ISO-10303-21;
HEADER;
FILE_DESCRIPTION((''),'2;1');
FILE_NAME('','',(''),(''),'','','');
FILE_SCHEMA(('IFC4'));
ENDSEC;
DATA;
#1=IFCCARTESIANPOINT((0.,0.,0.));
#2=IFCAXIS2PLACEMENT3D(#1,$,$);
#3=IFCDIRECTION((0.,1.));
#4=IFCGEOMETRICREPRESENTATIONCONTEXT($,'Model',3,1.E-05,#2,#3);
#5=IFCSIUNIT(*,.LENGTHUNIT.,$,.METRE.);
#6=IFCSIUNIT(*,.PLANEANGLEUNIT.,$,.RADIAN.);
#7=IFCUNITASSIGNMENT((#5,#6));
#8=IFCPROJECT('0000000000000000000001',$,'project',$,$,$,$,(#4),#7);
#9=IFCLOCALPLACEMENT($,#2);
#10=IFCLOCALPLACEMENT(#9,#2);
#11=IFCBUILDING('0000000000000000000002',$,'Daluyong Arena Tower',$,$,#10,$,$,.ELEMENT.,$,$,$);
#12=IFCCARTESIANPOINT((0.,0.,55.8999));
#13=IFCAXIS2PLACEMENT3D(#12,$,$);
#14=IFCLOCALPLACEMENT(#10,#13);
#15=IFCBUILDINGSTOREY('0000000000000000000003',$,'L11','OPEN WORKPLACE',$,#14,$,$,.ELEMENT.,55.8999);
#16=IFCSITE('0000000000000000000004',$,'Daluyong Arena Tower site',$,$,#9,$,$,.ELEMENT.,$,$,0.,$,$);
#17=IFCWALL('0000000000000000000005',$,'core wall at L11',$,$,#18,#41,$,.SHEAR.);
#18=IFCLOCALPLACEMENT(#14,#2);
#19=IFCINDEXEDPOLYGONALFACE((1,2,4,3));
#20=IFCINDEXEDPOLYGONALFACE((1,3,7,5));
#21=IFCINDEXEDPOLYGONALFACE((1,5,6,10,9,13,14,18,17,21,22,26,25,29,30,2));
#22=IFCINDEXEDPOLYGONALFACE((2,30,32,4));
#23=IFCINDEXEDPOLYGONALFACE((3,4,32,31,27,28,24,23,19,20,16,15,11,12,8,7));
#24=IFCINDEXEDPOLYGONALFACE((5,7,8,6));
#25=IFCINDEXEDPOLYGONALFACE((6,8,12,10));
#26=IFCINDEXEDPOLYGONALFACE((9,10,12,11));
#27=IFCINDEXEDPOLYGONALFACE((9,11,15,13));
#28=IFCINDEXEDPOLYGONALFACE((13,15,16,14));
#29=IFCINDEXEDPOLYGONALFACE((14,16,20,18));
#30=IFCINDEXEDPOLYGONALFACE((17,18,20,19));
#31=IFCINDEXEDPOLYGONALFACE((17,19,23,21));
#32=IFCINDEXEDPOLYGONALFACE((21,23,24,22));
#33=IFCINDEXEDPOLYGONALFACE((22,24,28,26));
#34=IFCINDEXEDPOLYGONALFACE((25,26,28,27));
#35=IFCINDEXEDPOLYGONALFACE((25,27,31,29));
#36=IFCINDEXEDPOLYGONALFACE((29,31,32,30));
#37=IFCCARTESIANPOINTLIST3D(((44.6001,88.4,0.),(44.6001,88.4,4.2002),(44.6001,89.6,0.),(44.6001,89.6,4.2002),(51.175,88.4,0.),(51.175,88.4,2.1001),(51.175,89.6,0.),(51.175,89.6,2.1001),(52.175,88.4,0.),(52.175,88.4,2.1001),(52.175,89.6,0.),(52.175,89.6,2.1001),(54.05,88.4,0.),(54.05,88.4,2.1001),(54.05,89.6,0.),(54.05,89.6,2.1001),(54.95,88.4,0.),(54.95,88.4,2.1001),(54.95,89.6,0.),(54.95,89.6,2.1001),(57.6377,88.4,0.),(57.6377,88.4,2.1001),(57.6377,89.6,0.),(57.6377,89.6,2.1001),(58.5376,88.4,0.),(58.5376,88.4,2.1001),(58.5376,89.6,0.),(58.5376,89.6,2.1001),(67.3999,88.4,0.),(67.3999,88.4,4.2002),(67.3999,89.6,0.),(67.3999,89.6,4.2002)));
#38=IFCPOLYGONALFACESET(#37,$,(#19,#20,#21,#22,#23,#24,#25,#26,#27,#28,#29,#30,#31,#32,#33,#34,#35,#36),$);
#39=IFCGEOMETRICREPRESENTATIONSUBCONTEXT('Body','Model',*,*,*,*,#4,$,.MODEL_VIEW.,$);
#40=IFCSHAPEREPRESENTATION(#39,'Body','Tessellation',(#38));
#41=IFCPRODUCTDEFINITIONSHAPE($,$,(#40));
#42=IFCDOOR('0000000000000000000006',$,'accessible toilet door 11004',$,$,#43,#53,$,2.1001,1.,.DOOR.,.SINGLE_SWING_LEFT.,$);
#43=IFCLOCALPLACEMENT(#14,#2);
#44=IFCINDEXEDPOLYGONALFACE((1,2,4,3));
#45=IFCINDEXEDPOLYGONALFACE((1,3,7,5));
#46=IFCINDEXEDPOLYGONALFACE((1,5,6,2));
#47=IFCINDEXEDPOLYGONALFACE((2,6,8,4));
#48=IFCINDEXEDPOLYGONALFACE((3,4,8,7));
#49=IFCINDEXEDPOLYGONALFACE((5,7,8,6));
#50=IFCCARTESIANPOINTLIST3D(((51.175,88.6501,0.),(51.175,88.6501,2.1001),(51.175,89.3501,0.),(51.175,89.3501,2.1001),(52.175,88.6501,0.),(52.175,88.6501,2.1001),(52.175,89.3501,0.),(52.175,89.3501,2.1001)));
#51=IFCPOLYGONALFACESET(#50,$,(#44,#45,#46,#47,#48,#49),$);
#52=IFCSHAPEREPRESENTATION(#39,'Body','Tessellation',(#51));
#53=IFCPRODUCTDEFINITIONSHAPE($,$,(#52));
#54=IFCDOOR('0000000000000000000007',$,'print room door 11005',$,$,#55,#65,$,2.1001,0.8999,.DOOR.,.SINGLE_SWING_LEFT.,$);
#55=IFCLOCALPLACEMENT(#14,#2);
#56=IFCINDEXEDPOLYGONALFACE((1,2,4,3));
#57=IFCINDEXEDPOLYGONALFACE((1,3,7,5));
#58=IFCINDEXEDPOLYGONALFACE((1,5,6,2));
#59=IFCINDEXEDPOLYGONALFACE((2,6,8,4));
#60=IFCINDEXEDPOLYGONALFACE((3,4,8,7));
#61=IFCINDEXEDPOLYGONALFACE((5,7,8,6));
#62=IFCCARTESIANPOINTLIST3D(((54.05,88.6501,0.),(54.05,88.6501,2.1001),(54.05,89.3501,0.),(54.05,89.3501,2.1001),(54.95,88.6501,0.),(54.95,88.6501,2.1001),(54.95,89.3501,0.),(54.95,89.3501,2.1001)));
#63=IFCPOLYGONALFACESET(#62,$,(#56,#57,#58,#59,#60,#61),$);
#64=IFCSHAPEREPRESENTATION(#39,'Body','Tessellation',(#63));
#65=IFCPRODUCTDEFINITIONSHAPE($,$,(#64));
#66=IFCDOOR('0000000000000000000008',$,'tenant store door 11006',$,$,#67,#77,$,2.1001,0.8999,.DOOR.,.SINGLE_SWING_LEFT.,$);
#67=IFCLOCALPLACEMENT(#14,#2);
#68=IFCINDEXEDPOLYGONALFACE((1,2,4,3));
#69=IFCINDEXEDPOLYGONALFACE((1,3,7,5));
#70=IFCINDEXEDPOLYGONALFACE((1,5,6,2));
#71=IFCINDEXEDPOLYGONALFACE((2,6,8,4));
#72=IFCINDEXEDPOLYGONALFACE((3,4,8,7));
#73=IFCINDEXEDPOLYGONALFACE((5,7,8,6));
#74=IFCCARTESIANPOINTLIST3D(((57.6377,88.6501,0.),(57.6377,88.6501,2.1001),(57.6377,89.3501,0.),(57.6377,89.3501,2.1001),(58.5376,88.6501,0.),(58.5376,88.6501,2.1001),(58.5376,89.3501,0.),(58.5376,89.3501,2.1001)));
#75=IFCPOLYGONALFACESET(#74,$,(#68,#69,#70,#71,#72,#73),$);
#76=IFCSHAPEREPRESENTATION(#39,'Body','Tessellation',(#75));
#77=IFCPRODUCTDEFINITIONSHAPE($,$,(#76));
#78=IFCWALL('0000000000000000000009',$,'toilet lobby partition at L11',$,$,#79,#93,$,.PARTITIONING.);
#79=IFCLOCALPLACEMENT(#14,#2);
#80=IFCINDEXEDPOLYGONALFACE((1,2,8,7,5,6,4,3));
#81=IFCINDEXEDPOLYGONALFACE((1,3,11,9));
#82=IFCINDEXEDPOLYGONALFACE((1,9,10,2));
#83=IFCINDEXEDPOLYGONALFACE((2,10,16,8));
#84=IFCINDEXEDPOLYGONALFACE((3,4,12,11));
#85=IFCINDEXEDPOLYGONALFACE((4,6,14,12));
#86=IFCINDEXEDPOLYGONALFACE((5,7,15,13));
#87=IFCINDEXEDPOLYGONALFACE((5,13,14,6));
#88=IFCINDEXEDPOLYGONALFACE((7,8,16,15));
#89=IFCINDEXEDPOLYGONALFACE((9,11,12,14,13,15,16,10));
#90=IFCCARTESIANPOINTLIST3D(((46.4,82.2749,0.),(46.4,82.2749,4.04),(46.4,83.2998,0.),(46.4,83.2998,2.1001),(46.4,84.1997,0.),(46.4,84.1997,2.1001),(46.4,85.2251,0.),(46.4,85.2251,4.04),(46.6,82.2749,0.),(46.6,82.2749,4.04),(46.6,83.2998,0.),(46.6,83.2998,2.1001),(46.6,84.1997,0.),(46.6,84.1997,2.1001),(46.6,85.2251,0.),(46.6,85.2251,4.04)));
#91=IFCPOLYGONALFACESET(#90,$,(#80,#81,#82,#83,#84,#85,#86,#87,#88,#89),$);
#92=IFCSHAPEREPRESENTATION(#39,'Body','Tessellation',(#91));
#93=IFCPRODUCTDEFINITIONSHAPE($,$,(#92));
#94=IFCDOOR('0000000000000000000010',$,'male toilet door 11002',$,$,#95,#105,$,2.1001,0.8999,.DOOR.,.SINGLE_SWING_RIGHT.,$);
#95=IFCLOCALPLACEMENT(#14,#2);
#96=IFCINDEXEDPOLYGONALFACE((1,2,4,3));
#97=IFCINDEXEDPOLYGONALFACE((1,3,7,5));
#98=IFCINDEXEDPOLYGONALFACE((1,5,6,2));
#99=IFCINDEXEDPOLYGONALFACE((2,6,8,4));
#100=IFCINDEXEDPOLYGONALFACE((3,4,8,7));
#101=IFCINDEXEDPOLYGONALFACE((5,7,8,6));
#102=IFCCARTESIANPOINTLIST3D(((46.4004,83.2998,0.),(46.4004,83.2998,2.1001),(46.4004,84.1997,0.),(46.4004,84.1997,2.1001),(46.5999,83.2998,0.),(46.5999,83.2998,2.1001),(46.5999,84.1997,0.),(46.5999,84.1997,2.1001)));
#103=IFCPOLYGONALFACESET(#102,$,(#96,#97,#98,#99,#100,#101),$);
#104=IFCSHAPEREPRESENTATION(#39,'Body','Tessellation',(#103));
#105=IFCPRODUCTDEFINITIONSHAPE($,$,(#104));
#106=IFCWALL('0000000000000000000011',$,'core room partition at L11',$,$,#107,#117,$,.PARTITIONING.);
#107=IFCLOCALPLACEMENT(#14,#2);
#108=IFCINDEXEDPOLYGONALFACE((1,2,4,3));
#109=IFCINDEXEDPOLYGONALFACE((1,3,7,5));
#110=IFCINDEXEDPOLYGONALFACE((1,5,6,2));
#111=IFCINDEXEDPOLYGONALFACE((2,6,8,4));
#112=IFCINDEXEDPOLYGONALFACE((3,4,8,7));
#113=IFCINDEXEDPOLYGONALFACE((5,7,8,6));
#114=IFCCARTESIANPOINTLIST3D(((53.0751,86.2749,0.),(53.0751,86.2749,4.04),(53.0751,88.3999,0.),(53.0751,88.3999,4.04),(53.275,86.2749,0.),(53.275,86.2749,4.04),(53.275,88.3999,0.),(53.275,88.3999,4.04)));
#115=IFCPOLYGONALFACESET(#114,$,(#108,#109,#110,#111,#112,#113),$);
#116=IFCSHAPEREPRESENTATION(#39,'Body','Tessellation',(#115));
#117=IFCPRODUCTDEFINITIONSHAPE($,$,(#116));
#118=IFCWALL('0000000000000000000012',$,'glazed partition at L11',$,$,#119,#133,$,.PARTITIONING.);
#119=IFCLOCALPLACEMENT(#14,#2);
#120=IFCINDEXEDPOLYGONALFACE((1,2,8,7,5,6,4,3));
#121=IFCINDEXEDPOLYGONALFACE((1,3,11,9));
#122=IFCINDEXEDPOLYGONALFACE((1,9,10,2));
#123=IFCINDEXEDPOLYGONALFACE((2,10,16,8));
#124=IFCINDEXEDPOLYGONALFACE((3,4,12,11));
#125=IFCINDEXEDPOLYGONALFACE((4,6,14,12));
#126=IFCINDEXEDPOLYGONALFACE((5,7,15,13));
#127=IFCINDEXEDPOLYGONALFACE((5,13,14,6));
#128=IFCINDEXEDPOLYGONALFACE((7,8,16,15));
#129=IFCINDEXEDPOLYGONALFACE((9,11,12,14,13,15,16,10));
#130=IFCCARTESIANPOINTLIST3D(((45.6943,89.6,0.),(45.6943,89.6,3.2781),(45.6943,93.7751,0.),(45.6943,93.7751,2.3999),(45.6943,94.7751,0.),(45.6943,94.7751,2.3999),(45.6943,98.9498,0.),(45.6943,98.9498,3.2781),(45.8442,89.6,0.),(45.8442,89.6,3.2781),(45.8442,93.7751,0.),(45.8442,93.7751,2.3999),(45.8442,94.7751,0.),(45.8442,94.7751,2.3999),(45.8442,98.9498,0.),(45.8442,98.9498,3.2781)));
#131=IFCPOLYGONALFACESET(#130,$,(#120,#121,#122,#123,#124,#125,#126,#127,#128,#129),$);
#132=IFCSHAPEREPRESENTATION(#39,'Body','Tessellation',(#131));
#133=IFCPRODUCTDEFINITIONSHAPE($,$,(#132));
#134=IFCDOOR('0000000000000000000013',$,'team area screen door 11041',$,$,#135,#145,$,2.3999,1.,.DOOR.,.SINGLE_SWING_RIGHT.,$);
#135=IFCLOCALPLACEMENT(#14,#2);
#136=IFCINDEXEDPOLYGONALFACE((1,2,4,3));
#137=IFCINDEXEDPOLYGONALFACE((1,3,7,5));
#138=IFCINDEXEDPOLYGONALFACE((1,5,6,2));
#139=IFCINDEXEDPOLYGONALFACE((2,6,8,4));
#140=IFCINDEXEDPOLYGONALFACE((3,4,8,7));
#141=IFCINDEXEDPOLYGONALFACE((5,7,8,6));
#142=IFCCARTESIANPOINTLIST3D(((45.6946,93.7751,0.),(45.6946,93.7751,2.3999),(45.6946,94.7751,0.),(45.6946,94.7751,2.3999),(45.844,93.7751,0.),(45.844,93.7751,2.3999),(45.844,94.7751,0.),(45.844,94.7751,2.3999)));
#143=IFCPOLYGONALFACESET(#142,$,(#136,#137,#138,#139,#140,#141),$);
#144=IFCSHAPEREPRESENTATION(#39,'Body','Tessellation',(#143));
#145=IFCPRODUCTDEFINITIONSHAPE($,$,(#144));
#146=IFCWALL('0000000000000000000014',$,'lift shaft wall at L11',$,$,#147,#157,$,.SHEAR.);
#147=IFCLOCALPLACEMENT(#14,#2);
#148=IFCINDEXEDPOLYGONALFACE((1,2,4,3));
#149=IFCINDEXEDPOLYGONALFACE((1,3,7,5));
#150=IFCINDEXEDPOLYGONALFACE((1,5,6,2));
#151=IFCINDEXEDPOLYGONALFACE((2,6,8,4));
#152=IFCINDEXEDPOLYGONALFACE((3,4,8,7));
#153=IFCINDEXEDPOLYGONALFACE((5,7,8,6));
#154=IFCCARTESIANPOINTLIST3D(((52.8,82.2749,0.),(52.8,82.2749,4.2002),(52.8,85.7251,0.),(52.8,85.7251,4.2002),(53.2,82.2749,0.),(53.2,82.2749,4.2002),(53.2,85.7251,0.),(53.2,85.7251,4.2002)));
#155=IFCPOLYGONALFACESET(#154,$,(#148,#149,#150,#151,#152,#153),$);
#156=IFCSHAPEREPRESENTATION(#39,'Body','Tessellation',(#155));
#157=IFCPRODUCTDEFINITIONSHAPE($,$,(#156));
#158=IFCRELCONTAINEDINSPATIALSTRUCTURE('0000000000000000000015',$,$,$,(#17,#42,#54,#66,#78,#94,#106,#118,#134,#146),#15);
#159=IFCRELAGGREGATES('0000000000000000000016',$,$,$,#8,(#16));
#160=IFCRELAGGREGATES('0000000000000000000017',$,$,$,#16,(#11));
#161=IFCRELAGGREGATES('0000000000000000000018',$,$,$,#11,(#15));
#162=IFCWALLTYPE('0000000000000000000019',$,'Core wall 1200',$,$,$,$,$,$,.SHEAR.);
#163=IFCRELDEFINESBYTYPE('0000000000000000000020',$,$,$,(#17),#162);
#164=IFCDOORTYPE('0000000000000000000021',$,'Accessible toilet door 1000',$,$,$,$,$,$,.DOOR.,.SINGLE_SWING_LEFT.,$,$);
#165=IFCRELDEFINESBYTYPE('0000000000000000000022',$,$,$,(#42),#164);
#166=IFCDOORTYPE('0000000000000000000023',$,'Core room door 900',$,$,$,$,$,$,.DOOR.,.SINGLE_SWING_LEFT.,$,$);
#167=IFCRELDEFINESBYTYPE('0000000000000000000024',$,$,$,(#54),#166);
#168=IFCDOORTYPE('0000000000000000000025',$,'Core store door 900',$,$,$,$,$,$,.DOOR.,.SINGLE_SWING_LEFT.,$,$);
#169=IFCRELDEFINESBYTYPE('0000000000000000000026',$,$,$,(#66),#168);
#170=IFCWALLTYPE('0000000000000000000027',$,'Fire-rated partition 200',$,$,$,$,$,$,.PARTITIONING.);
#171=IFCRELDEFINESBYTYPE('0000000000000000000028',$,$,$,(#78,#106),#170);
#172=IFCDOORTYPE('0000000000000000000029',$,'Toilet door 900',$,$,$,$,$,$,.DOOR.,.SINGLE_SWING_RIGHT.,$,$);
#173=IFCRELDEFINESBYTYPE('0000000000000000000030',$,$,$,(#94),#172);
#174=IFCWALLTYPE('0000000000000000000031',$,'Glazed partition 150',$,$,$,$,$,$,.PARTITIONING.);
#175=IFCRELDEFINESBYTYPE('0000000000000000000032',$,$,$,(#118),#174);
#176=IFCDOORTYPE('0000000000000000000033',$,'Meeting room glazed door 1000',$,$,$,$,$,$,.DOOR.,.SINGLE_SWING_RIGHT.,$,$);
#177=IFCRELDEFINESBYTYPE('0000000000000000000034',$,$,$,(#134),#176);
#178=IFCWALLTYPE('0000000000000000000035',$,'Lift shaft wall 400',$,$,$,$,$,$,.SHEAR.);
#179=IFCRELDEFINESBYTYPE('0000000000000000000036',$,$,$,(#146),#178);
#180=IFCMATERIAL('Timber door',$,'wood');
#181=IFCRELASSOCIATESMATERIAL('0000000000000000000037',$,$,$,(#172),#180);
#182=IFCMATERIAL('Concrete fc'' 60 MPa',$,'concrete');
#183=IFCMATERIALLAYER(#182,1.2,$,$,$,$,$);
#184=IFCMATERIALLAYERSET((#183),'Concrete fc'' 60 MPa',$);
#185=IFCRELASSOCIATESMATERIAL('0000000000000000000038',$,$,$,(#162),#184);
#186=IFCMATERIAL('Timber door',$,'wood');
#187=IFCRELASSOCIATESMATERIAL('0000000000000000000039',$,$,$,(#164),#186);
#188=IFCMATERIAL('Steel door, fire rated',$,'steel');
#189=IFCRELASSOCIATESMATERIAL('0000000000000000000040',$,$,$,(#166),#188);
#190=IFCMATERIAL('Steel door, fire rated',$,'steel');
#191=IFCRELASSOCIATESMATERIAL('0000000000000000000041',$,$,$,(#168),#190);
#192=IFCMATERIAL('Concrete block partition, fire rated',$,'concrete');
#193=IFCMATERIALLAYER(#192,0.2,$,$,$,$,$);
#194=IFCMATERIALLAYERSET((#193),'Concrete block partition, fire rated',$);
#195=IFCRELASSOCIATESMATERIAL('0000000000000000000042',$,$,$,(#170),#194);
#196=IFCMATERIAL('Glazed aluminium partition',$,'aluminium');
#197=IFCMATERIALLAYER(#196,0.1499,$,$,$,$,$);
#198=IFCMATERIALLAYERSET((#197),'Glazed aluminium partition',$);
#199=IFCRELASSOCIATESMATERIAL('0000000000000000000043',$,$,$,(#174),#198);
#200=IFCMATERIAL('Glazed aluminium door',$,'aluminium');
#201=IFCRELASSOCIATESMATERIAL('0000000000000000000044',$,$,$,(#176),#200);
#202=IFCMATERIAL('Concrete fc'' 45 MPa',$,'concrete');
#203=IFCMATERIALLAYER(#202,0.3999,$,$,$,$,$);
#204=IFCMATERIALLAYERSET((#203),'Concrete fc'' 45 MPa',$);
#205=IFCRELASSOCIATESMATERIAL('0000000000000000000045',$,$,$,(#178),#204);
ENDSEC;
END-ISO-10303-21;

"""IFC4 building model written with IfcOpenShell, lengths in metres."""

from ifc_helpers import new_model, si_unit, direction, frame, frame_2d, origin, place, context, subcontext, project, spatial, rectangle, extrude, material, layer, layer_set, type_object, element, fill, save


model = new_model("IFC4")

# Units and contexts
model_context = context("Model", 3, precision=1e-05, world=origin(), true_north=direction((0.0, 1.0)))
body_context = subcontext(model_context, "Body", "Model", "MODEL_VIEW")
ifc_project = project(units=[si_unit("LENGTHUNIT", "METRE"), si_unit("PLANEANGLEUNIT", "RADIAN")], contexts=[model_context])

# Site, building, storey
site_placement = place(None, origin())
site = spatial("IfcSite", under=ifc_project, at=site_placement, Name="Daluyong Arena Tower site", CompositionType="ELEMENT", RefElevation=0.0)
building_placement = place(site_placement, origin())
building = spatial("IfcBuilding", under=site, at=building_placement, Name="Daluyong Arena Tower", CompositionType="ELEMENT")
storey_placement = place(building_placement, frame((0.0, 0.0, 55.8999)))
storey = spatial("IfcBuildingStorey", under=building, at=storey_placement, Name="L11", Description="OPEN WORKPLACE", CompositionType="ELEMENT", Elevation=55.8999)

# Shared definitions
ifc_material_1 = material(Name="Timber door", Category="wood")
door_type_1 = type_object("IfcDoorType", Name="Toilet door 900", OperationType="SINGLE_SWING_RIGHT", PredefinedType="DOOR", material=ifc_material_1)

# Wall, openings, doors
ifc_material_2 = material(Name="Concrete fc' 60 MPa", Category="concrete")
ifc_layer_1 = layer(ifc_material_2, 1.2)
ifc_layer_set_1 = layer_set([ifc_layer_1], Name="Concrete fc' 60 MPa")
wall_type_1 = type_object("IfcWallType", Name="Core wall 1200", PredefinedType="SHEAR", material=ifc_layer_set_1)
wall_1_placement = place(storey_placement, frame((44.6001, 89.0, 0.0), z_axis=(0.0, 0.0, 1.0), x_axis=(1.0, 0.0, 0.0)))
wall_1 = element("IfcWall", 1, at=wall_1_placement, inside=storey, type_object=wall_type_1, Name="core wall at L11", PredefinedType="SHEAR", context=body_context, shape_type="SweptSolid", body=[
    extrude(rectangle(XDim=22.7998, YDim=1.2, at=frame_2d((11.3999, 0.0))), origin(), (0.0, 0.0, 1.0), 4.2002),
])
opening_1_placement = place(wall_1_placement, frame((6.575, 0.0, 0.0)))
opening_1 = element("IfcOpeningElement", 2, at=opening_1_placement, cuts=wall_1, PredefinedType="OPENING", context=body_context, shape_type="SweptSolid", body=[
    extrude(rectangle(XDim=1.0, YDim=2.1001, at=frame_2d((0.5, 1.05))), frame((0.0, 0.6099, 0.0), z_axis=(0.0, -1.0, 0.0), x_axis=(1.0, 0.0, 0.0)), (0.0, 0.0, 1.0), 1.22),
])
opening_2_placement = place(wall_1_placement, frame((9.45, 0.0, 0.0)))
opening_2 = element("IfcOpeningElement", 3, at=opening_2_placement, cuts=wall_1, PredefinedType="OPENING", context=body_context, shape_type="SweptSolid", body=[
    extrude(rectangle(XDim=0.8999, YDim=2.1001, at=frame_2d((0.45, 1.05))), frame((0.0, 0.6099, 0.0), z_axis=(0.0, -1.0, 0.0), x_axis=(1.0, 0.0, 0.0)), (0.0, 0.0, 1.0), 1.22),
])
opening_3_placement = place(wall_1_placement, frame((13.0376, 0.0, 0.0)))
opening_3 = element("IfcOpeningElement", 4, at=opening_3_placement, cuts=wall_1, PredefinedType="OPENING", context=body_context, shape_type="SweptSolid", body=[
    extrude(rectangle(XDim=0.8999, YDim=2.1001, at=frame_2d((0.45, 1.05))), frame((0.0, 0.6099, 0.0), z_axis=(0.0, -1.0, 0.0), x_axis=(1.0, 0.0, 0.0)), (0.0, 0.0, 1.0), 1.22),
])
ifc_material_3 = material(Name="Timber door", Category="wood")
door_type_2 = type_object("IfcDoorType", Name="Accessible toilet door 1000", OperationType="SINGLE_SWING_LEFT", PredefinedType="DOOR", material=ifc_material_3)
door_1_placement = place(opening_1_placement, origin())
door_1 = element("IfcDoor", 5, at=door_1_placement, inside=storey, type_object=door_type_2, Name="accessible toilet door 11004", OperationType="SINGLE_SWING_LEFT", OverallHeight=2.1001, OverallWidth=1.0, PredefinedType="DOOR", context=body_context, shape_type="SweptSolid", body=[
    extrude(rectangle(XDim=1.0, YDim=2.1001, at=frame_2d((0.5, 1.05))), frame((0.0, 0.3501, 0.0), z_axis=(0.0, -1.0, 0.0), x_axis=(1.0, 0.0, 0.0)), (0.0, 0.0, 1.0), 0.7),
])
fill(opening_1, door_1)
ifc_material_4 = material(Name="Steel door, fire rated", Category="steel")
door_type_3 = type_object("IfcDoorType", Name="Core room door 900", OperationType="SINGLE_SWING_LEFT", PredefinedType="DOOR", material=ifc_material_4)
door_2_placement = place(opening_2_placement, origin())
door_2 = element("IfcDoor", 6, at=door_2_placement, inside=storey, type_object=door_type_3, Name="print room door 11005", OperationType="SINGLE_SWING_LEFT", OverallHeight=2.1001, OverallWidth=0.8999, PredefinedType="DOOR", context=body_context, shape_type="SweptSolid", body=[
    extrude(rectangle(XDim=0.8999, YDim=2.1001, at=frame_2d((0.45, 1.05))), frame((0.0, 0.3501, 0.0), z_axis=(0.0, -1.0, 0.0), x_axis=(1.0, 0.0, 0.0)), (0.0, 0.0, 1.0), 0.7),
])
fill(opening_2, door_2)
ifc_material_5 = material(Name="Steel door, fire rated", Category="steel")
door_type_4 = type_object("IfcDoorType", Name="Core store door 900", OperationType="SINGLE_SWING_LEFT", PredefinedType="DOOR", material=ifc_material_5)
door_3_placement = place(opening_3_placement, origin())
door_3 = element("IfcDoor", 7, at=door_3_placement, inside=storey, type_object=door_type_4, Name="tenant store door 11006", OperationType="SINGLE_SWING_LEFT", OverallHeight=2.1001, OverallWidth=0.8999, PredefinedType="DOOR", context=body_context, shape_type="SweptSolid", body=[
    extrude(rectangle(XDim=0.8999, YDim=2.1001, at=frame_2d((0.45, 1.05))), frame((0.0, 0.3501, 0.0), z_axis=(0.0, -1.0, 0.0), x_axis=(1.0, 0.0, 0.0)), (0.0, 0.0, 1.0), 0.7),
])
fill(opening_3, door_3)

# Wall, opening, door
ifc_material_6 = material(Name="Concrete block partition, fire rated", Category="concrete")
ifc_layer_2 = layer(ifc_material_6, 0.2)
ifc_layer_set_2 = layer_set([ifc_layer_2], Name="Concrete block partition, fire rated")
wall_type_2 = type_object("IfcWallType", Name="Fire-rated partition 200", PredefinedType="PARTITIONING", material=ifc_layer_set_2)
wall_2_placement = place(storey_placement, frame((46.5, 82.2749, 0.0), z_axis=(0.0, 0.0, 1.0), x_axis=(0.0, 1.0, 0.0)))
wall_2 = element("IfcWall", 8, at=wall_2_placement, inside=storey, type_object=wall_type_2, Name="toilet lobby partition at L11", PredefinedType="PARTITIONING", context=body_context, shape_type="SweptSolid", body=[
    extrude(rectangle(XDim=2.9502, YDim=0.2, at=frame_2d((1.4751, 0.0))), origin(), (0.0, 0.0, 1.0), 4.04),
])
opening_4_placement = place(wall_2_placement, frame((1.0249, 0.0, 0.0)))
opening_4 = element("IfcOpeningElement", 9, at=opening_4_placement, cuts=wall_2, PredefinedType="OPENING", context=body_context, shape_type="SweptSolid", body=[
    extrude(rectangle(XDim=0.8999, YDim=2.1001, at=frame_2d((0.45, 1.05))), frame((0.0, 0.1099, 0.0), z_axis=(0.0, -1.0, 0.0), x_axis=(1.0, 0.0, 0.0)), (0.0, 0.0, 1.0), 0.22),
])
door_4_placement = place(opening_4_placement, origin())
door_4 = element("IfcDoor", 10, at=door_4_placement, inside=storey, type_object=door_type_1, Name="male toilet door 11002", OperationType="SINGLE_SWING_RIGHT", OverallHeight=2.1001, OverallWidth=0.8999, PredefinedType="DOOR", context=body_context, shape_type="SweptSolid", body=[
    extrude(rectangle(XDim=0.8999, YDim=2.1001, at=frame_2d((0.45, 1.05))), frame((0.0, 0.0996, 0.0), z_axis=(0.0, -1.0, 0.0), x_axis=(1.0, 0.0, 0.0)), (0.0, 0.0, 1.0), 0.1995),
])
fill(opening_4, door_4)

# Wall
wall_3_placement = place(storey_placement, frame((53.175, 86.2749, 0.0), z_axis=(0.0, 0.0, 1.0), x_axis=(0.0, 1.0, 0.0)))
element("IfcWall", 11, at=wall_3_placement, inside=storey, type_object=wall_type_2, Name="core room partition at L11", PredefinedType="PARTITIONING", context=body_context, shape_type="SweptSolid", body=[
    extrude(rectangle(XDim=2.125, YDim=0.2, at=frame_2d((1.0625, 0.0))), origin(), (0.0, 0.0, 1.0), 4.04),
])

# Wall, opening, door
ifc_material_7 = material(Name="Glazed aluminium partition", Category="aluminium")
ifc_layer_3 = layer(ifc_material_7, 0.1499)
ifc_layer_set_3 = layer_set([ifc_layer_3], Name="Glazed aluminium partition")
wall_type_3 = type_object("IfcWallType", Name="Glazed partition 150", PredefinedType="PARTITIONING", material=ifc_layer_set_3)
wall_4_placement = place(storey_placement, frame((45.7693, 89.6001, 0.0), z_axis=(0.0, 0.0, 1.0), x_axis=(0.0, 1.0, 0.0)))
wall_4 = element("IfcWall", 12, at=wall_4_placement, inside=storey, type_object=wall_type_3, Name="glazed partition at L11", PredefinedType="PARTITIONING", context=body_context, shape_type="SweptSolid", body=[
    extrude(rectangle(XDim=9.3499, YDim=0.1499, at=frame_2d((4.6748, 0.0))), origin(), (0.0, 0.0, 1.0), 3.2781),
])
opening_5_placement = place(wall_4_placement, frame((4.175, 0.0, 0.0)))
opening_5 = element("IfcOpeningElement", 13, at=opening_5_placement, cuts=wall_4, PredefinedType="OPENING", context=body_context, shape_type="SweptSolid", body=[
    extrude(rectangle(XDim=1.0, YDim=2.3999, at=frame_2d((0.5, 1.2))), frame((0.0, 0.085, 0.0), z_axis=(0.0, -1.0, 0.0), x_axis=(1.0, 0.0, 0.0)), (0.0, 0.0, 1.0), 0.1699),
])
ifc_material_8 = material(Name="Glazed aluminium door", Category="aluminium")
door_type_5 = type_object("IfcDoorType", Name="Meeting room glazed door 1000", OperationType="SINGLE_SWING_RIGHT", PredefinedType="DOOR", material=ifc_material_8)
door_5_placement = place(opening_5_placement, origin())
door_5 = element("IfcDoor", 14, at=door_5_placement, inside=storey, type_object=door_type_5, Name="team area screen door 11041", OperationType="SINGLE_SWING_RIGHT", OverallHeight=2.3999, OverallWidth=1.0, PredefinedType="DOOR", context=body_context, shape_type="SweptSolid", body=[
    extrude(rectangle(XDim=1.0, YDim=2.3999, at=frame_2d((0.5, 1.2))), frame((0.0, 0.0747, 0.0), z_axis=(0.0, -1.0, 0.0), x_axis=(1.0, 0.0, 0.0)), (0.0, 0.0, 1.0), 0.1494),
])
fill(opening_5, door_5)

# Wall
ifc_material_9 = material(Name="Concrete fc' 45 MPa", Category="concrete")
ifc_layer_4 = layer(ifc_material_9, 0.3999)
ifc_layer_set_4 = layer_set([ifc_layer_4], Name="Concrete fc' 45 MPa")
wall_type_4 = type_object("IfcWallType", Name="Lift shaft wall 400", PredefinedType="SHEAR", material=ifc_layer_set_4)
for number, where, z_axis, x_axis, name in (
    (15, (53.0, 82.2749, 0.0), (0.0, 0.0, 1.0), (0.0, 1.0, 0.0), "lift shaft wall at L11"),
):
    element("IfcWall", number, at=place(storey_placement, frame(where, z_axis=z_axis, x_axis=x_axis)), inside=storey, type_object=wall_type_4, Name=name, PredefinedType="SHEAR", context=body_context, shape_type="SweptSolid", body=[
        extrude(rectangle(XDim=3.4502, YDim=0.3999, at=frame_2d((1.7251, 0.0))), origin(), (0.0, 0.0, 1.0), 4.2002),
    ])

save(model, "model.ifc")
